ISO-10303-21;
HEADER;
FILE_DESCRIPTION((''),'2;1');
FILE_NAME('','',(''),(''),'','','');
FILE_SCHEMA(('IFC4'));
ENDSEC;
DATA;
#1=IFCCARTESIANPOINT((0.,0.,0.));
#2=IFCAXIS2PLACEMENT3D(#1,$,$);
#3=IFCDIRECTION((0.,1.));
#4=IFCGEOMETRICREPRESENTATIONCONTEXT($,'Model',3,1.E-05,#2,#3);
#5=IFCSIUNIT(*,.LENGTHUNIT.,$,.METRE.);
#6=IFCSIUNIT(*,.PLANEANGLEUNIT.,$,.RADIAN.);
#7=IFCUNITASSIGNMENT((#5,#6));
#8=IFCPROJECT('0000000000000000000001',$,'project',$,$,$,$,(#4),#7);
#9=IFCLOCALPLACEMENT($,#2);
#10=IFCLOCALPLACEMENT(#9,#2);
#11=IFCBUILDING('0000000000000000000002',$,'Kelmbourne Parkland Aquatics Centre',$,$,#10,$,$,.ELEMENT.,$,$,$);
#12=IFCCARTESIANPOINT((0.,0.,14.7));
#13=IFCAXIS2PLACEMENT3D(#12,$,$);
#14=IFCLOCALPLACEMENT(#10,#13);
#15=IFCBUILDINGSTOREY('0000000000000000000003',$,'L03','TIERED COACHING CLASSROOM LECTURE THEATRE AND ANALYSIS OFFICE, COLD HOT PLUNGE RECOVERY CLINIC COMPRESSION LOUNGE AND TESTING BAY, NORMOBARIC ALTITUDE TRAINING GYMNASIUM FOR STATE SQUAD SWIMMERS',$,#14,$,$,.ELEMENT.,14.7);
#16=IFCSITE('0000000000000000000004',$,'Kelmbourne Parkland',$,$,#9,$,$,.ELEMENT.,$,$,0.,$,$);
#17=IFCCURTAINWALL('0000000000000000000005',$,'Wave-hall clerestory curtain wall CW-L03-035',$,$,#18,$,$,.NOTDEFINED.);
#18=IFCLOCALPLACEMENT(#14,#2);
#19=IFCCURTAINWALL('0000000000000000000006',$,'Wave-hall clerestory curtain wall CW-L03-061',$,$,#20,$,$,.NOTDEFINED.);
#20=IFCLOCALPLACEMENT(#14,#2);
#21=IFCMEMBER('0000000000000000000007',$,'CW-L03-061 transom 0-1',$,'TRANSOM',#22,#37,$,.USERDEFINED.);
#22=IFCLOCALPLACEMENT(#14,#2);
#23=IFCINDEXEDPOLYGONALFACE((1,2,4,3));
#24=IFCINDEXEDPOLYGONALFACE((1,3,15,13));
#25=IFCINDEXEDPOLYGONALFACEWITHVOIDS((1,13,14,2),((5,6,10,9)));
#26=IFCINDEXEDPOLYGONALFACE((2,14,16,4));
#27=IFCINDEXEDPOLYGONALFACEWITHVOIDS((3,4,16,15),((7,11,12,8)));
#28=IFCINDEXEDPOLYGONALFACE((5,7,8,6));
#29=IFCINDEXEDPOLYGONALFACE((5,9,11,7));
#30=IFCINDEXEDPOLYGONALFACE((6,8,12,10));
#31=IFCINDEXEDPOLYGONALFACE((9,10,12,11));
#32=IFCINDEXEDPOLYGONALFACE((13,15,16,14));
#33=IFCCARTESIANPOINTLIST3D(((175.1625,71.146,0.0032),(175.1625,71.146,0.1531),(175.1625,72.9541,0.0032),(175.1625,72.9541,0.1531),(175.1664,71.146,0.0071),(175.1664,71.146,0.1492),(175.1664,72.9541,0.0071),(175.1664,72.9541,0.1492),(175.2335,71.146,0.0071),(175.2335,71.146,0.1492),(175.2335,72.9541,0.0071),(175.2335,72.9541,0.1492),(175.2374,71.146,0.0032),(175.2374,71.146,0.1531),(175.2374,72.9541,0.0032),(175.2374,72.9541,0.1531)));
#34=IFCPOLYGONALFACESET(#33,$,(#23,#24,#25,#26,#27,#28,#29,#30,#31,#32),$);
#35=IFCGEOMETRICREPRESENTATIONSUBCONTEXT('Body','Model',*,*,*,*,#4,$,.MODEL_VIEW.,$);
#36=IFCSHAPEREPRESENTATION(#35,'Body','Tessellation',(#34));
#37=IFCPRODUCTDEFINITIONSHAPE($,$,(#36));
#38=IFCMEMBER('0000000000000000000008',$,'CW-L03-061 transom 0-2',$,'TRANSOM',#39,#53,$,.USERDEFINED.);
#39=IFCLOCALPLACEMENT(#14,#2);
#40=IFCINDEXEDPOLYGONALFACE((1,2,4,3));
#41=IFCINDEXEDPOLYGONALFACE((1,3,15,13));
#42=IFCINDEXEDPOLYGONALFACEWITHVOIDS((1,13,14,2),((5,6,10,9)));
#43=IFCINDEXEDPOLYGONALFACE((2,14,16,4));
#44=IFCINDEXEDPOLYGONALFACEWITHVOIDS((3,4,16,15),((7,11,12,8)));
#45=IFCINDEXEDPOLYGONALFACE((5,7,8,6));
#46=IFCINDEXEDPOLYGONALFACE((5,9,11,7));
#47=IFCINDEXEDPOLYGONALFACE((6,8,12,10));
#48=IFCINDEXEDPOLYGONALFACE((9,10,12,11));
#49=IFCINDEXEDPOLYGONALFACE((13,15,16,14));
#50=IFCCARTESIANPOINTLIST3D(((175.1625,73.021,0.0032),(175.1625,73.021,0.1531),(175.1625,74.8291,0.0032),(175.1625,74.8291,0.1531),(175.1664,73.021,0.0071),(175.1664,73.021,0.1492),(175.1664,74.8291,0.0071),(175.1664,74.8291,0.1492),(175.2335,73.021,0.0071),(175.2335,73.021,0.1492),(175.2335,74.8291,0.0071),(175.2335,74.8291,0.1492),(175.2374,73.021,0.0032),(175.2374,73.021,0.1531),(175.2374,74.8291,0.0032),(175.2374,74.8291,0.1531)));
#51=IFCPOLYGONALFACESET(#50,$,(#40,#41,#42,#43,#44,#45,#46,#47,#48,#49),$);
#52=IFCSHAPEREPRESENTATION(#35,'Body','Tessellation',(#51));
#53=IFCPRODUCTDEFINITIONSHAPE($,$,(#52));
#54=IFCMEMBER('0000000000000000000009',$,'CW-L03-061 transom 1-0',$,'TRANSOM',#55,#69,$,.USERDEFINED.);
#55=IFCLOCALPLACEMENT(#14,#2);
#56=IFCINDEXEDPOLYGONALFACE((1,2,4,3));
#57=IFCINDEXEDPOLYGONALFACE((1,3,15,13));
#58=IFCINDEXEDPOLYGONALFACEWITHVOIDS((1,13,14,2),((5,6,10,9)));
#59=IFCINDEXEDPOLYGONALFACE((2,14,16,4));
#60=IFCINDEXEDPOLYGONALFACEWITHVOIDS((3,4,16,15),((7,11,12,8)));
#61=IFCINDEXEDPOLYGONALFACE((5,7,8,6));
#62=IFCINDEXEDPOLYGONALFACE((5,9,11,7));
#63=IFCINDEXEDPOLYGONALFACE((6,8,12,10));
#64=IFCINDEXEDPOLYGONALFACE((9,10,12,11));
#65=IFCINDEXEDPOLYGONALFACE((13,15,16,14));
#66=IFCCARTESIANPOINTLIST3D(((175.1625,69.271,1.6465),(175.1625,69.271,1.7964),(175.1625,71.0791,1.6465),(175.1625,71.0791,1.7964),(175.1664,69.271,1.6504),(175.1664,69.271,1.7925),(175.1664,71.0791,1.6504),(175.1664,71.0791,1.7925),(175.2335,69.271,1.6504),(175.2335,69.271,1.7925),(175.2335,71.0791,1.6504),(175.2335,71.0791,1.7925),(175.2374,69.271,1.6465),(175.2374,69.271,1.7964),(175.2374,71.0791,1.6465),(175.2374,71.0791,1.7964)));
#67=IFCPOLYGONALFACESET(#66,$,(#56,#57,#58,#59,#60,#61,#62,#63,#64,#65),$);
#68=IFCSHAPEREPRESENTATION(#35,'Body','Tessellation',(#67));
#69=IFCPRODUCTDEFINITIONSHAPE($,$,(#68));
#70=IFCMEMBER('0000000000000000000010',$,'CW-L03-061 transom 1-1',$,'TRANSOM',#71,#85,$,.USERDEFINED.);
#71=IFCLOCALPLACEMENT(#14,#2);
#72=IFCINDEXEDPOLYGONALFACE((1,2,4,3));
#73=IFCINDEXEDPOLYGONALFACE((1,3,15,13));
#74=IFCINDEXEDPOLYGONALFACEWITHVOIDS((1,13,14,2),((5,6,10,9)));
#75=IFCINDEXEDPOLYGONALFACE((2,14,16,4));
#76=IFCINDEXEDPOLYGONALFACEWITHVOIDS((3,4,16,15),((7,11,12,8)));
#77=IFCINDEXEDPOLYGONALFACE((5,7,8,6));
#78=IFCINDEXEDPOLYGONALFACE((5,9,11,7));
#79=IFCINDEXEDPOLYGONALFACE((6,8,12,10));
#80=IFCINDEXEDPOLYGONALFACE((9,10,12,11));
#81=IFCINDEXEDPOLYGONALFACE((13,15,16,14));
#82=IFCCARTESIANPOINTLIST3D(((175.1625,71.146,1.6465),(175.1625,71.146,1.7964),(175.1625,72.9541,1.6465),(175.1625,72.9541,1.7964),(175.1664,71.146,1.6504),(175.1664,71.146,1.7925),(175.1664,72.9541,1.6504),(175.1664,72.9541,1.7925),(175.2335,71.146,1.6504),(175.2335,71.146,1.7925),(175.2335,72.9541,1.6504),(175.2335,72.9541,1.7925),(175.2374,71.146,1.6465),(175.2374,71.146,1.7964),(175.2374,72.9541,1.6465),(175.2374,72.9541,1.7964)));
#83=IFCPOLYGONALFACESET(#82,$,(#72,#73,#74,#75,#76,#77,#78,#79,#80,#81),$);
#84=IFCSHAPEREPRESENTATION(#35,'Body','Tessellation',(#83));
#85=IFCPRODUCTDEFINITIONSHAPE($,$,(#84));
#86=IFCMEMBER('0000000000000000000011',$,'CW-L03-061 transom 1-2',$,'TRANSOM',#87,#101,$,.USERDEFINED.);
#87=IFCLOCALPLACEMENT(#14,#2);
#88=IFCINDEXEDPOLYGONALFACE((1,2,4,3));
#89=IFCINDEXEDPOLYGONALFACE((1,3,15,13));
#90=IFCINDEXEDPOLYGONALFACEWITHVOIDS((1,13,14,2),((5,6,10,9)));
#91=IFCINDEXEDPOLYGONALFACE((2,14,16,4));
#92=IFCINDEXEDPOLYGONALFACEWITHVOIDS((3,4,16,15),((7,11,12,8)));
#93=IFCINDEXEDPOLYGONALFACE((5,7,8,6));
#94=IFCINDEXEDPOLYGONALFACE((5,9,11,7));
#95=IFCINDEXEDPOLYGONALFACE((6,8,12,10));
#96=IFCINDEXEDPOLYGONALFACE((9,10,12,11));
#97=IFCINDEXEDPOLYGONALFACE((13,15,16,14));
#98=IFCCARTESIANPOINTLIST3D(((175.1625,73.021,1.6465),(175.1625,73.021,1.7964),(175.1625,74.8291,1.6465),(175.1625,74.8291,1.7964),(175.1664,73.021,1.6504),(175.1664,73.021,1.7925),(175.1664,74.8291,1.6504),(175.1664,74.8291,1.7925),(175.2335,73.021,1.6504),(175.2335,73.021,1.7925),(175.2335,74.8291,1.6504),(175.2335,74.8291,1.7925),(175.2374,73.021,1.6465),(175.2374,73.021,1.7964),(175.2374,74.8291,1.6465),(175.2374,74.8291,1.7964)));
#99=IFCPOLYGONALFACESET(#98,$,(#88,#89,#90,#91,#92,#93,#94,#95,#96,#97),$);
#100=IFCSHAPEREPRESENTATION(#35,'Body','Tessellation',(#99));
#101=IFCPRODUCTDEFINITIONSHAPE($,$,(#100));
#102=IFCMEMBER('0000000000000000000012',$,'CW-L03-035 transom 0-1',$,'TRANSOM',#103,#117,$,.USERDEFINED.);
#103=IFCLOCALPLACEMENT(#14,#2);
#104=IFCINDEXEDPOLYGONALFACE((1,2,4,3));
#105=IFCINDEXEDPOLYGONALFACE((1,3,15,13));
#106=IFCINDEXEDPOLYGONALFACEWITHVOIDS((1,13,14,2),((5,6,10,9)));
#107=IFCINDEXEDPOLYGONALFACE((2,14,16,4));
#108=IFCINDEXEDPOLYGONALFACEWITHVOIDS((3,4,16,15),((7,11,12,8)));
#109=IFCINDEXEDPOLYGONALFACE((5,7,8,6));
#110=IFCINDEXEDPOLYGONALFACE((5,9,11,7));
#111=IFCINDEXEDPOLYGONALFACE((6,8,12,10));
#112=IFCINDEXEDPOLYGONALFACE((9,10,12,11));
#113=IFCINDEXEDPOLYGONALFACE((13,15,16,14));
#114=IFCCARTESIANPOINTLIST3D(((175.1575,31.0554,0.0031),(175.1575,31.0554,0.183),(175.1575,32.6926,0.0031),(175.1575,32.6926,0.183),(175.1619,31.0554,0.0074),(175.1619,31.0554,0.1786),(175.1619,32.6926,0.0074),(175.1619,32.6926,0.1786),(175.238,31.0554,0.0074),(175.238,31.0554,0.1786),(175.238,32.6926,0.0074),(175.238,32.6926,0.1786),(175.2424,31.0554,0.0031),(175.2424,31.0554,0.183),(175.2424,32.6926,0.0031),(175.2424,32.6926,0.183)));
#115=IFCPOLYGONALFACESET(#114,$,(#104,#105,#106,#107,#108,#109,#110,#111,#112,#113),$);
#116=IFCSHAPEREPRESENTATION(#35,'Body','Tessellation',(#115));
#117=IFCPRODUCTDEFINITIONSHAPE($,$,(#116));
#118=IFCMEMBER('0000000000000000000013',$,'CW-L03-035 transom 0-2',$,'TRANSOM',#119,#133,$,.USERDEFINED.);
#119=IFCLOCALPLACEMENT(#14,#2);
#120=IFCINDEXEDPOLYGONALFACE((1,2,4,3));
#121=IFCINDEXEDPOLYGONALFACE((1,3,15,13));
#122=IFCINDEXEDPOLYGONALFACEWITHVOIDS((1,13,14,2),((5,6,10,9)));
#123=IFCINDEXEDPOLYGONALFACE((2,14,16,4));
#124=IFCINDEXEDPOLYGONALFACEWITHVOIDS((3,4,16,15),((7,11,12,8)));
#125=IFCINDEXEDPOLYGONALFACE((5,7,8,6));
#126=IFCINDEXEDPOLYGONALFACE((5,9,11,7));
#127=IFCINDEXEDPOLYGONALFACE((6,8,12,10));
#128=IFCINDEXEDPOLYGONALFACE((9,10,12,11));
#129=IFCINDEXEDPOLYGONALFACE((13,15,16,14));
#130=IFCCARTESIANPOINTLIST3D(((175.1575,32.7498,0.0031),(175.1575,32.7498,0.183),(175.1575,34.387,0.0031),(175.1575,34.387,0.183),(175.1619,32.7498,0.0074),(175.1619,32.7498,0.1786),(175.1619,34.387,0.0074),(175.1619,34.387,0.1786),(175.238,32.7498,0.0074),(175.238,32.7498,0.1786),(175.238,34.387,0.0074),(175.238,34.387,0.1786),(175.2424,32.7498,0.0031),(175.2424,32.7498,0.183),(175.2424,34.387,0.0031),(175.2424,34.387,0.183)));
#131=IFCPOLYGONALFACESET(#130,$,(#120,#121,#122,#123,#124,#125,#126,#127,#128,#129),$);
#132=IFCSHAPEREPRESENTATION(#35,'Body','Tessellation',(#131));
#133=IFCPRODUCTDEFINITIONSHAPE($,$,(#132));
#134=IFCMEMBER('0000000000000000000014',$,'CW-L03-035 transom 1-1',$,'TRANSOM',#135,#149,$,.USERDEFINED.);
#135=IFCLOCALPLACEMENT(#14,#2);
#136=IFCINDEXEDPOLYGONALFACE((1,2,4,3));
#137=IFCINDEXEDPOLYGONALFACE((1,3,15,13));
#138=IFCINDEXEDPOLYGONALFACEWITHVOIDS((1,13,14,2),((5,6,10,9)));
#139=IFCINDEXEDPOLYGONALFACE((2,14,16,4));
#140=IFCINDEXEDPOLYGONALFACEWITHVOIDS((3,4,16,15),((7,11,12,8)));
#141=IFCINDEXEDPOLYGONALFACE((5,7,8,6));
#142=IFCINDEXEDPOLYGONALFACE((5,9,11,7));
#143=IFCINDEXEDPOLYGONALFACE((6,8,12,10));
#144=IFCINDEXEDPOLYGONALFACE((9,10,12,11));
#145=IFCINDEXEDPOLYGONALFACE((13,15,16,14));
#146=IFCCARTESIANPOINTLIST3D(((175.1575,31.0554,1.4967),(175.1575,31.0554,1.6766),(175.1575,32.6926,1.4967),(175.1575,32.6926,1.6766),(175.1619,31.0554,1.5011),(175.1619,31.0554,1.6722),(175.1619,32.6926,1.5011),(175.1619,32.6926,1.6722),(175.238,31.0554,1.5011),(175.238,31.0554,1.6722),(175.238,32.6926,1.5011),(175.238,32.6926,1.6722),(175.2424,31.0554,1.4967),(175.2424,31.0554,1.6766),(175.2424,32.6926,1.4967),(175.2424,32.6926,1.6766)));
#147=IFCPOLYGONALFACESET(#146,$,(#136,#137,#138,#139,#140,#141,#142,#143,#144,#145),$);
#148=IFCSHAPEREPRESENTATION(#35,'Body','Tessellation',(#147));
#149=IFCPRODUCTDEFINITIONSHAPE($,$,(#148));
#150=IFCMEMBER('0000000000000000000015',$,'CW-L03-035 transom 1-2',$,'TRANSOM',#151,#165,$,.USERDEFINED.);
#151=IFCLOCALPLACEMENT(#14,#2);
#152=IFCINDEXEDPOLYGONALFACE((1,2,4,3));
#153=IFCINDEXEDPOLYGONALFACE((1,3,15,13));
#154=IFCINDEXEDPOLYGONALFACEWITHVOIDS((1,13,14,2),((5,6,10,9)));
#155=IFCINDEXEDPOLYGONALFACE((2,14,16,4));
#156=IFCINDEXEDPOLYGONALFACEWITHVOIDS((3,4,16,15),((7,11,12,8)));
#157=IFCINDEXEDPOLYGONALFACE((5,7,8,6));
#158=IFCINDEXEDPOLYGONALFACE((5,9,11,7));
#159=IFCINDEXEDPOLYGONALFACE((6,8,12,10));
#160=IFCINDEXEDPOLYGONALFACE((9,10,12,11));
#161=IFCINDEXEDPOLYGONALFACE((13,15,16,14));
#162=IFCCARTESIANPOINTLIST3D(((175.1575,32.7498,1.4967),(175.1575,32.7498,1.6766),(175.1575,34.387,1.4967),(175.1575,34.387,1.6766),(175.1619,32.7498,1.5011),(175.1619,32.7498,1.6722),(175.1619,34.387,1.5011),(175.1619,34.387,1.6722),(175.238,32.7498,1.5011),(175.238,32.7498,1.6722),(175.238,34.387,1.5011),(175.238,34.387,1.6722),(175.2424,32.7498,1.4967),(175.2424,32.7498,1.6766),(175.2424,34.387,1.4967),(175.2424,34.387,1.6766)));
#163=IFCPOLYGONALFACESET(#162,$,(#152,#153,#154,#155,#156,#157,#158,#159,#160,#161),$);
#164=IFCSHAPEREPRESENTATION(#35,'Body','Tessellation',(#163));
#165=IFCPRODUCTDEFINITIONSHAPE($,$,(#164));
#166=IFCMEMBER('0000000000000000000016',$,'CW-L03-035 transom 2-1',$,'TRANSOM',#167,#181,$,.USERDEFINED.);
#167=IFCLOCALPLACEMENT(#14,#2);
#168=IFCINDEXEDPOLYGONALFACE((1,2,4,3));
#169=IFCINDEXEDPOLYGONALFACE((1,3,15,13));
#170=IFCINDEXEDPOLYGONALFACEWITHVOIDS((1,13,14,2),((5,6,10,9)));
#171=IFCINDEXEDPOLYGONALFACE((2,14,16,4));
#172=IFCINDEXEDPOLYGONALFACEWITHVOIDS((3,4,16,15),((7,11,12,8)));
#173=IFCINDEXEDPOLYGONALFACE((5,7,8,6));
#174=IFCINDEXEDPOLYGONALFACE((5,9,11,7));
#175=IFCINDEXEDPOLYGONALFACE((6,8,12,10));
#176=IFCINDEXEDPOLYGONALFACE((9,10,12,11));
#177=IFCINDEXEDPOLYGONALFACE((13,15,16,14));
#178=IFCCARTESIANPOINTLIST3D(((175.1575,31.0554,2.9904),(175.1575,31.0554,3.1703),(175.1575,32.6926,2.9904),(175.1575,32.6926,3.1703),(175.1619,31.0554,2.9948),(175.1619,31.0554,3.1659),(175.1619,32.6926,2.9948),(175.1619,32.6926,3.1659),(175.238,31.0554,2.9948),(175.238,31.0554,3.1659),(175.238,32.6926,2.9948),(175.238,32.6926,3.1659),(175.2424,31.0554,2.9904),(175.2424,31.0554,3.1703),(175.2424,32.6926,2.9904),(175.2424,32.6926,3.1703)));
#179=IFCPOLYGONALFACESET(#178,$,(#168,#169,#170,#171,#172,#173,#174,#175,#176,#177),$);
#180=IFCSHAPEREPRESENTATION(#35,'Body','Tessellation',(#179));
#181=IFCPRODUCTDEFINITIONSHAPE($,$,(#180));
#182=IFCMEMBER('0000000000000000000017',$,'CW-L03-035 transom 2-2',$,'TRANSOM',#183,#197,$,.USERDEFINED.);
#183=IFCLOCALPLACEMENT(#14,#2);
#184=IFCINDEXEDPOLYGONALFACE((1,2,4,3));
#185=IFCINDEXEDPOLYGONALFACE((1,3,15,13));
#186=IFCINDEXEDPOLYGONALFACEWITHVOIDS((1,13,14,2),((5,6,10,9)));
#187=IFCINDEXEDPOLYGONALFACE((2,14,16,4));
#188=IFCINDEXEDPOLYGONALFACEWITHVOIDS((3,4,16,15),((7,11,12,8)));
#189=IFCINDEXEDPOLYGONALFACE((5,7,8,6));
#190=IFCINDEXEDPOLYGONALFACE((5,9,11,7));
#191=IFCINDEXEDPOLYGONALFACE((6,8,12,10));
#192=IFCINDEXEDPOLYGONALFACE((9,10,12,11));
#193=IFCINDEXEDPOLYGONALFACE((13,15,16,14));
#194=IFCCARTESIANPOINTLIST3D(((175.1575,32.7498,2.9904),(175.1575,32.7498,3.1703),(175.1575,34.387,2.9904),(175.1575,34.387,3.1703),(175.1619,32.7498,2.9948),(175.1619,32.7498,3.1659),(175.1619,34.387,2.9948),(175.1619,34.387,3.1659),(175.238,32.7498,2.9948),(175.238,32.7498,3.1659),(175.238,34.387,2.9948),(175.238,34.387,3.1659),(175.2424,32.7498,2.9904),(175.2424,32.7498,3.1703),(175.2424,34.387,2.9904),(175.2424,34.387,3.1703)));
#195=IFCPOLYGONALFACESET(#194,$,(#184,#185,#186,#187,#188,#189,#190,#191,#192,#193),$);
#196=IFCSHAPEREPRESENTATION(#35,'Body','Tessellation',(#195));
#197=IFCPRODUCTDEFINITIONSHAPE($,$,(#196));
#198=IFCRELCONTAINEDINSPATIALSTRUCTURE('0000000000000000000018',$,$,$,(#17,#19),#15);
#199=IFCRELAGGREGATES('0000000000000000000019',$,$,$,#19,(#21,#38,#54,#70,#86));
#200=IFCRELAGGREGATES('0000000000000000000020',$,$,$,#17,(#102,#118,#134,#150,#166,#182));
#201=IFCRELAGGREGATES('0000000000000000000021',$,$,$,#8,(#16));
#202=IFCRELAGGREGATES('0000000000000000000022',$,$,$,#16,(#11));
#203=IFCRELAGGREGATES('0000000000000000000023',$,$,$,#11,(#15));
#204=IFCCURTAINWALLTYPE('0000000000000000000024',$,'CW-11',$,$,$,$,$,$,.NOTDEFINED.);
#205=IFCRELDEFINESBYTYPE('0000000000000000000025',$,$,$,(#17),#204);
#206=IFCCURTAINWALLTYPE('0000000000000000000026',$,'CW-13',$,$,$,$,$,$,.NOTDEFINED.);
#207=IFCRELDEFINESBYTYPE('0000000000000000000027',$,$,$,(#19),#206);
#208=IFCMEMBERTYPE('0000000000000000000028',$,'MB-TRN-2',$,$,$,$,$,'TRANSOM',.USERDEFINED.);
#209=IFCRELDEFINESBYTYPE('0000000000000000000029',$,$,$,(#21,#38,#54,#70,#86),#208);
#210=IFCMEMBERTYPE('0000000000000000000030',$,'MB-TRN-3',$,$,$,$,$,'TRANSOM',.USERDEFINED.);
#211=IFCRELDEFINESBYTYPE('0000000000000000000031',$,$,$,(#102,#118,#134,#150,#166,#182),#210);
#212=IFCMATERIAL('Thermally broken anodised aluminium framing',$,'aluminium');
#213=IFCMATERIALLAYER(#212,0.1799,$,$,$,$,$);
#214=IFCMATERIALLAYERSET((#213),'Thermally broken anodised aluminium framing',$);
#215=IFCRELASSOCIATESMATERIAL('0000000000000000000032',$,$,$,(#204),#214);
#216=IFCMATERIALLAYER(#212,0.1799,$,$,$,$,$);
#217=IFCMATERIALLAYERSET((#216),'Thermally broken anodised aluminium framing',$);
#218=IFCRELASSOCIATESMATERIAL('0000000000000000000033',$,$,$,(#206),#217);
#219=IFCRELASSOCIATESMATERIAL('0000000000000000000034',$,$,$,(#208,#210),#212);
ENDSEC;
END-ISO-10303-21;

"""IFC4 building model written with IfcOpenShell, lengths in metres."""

from ifc_helpers import new_model, si_unit, direction, frame, origin, origin_2d, place, context, subcontext, project, spatial, hollow_rectangle, extrude, material, layer, layer_set, material_profile, profile_set, type_object, element, aggregate, save


model = new_model("IFC4")

# Units and contexts
model_context = context("Model", 3, precision=1e-05, world=origin(), true_north=direction((0.0, 1.0)))
body_context = subcontext(model_context, "Body", "Model", "MODEL_VIEW")
ifc_project = project(units=[si_unit("LENGTHUNIT", "METRE"), si_unit("PLANEANGLEUNIT", "RADIAN")], contexts=[model_context])

# Site, building, storey
site_placement = place(None, origin())
site = spatial("IfcSite", under=ifc_project, at=site_placement, Name="Kelmbourne Parkland", CompositionType="ELEMENT", RefElevation=0.0)
building_placement = place(site_placement, origin())
building = spatial("IfcBuilding", under=site, at=building_placement, Name="Kelmbourne Parkland Aquatics Centre", CompositionType="ELEMENT")
storey_placement = place(building_placement, frame((0.0, 0.0, 14.7)))
storey = spatial("IfcBuildingStorey", under=building, at=storey_placement, Name="L03", Description="TIERED COACHING CLASSROOM LECTURE THEATRE AND ANALYSIS OFFICE, COLD HOT PLUNGE RECOVERY CLINIC COMPRESSION LOUNGE AND TESTING BAY, NORMOBARIC ALTITUDE TRAINING GYMNASIUM FOR STATE SQUAD SWIMMERS", CompositionType="ELEMENT", Elevation=14.7)

# Curtain walls, members
ifc_material_1 = material(Name="Thermally broken anodised aluminium framing", Category="aluminium")
ifc_layer_1 = layer(ifc_material_1, 0.1799)
ifc_layer_set_1 = layer_set([ifc_layer_1], Name="Thermally broken anodised aluminium framing")
curtain_wall_type_1 = type_object("IfcCurtainWallType", Name="CW-11", PredefinedType="NOTDEFINED", material=ifc_layer_set_1)
curtain_wall_1_placement = place(storey_placement, origin())
curtain_wall_1 = element("IfcCurtainWall", 1, at=curtain_wall_1_placement, inside=storey, type_object=curtain_wall_type_1, Name="Wave-hall clerestory curtain wall CW-L03-035", PredefinedType="NOTDEFINED")
ifc_layer_2 = layer(ifc_material_1, 0.1799)
ifc_layer_set_2 = layer_set([ifc_layer_2], Name="Thermally broken anodised aluminium framing")
curtain_wall_type_2 = type_object("IfcCurtainWallType", Name="CW-13", PredefinedType="NOTDEFINED", material=ifc_layer_set_2)
curtain_wall_2_placement = place(storey_placement, origin())
curtain_wall_2 = element("IfcCurtainWall", 2, at=curtain_wall_2_placement, inside=storey, type_object=curtain_wall_type_2, Name="Wave-hall clerestory curtain wall CW-L03-061", PredefinedType="NOTDEFINED")
ifc_material_profile_1 = material_profile(ifc_material_1, hollow_rectangle(XDim=0.075, YDim=0.1499, WallThickness=0.0039, at=origin_2d()), Name="CW-T 75x150")
ifc_profile_set_1 = profile_set([ifc_material_profile_1], Name="Thermally broken anodised aluminium framing")
member_type_1 = type_object("IfcMemberType", Name="MB-TRN-2", ElementType="TRANSOM", PredefinedType="USERDEFINED", material=ifc_profile_set_1)
member_1_placement = place(storey_placement, frame((175.2, 71.146, 0.0781), z_axis=(0.0, 1.0, 0.0), x_axis=(-1.0, 0.0, 0.0)))
member_1 = element("IfcMember", 3, at=member_1_placement, type_object=member_type_1, Name="CW-L03-061 transom 0-1", ObjectType="TRANSOM", PredefinedType="USERDEFINED", context=body_context, shape_type="SweptSolid", body=[
    extrude(hollow_rectangle(XDim=0.075, YDim=0.1499, WallThickness=0.0039, at=origin_2d()), origin(), (0.0, 0.0, 1.0), 1.8081),
])
member_2_placement = place(storey_placement, frame((175.2, 73.021, 0.0781), z_axis=(0.0, 1.0, 0.0), x_axis=(-1.0, 0.0, 0.0)))
member_2 = element("IfcMember", 4, at=member_2_placement, type_object=member_type_1, Name="CW-L03-061 transom 0-2", ObjectType="TRANSOM", PredefinedType="USERDEFINED", context=body_context, shape_type="SweptSolid", body=[
    extrude(hollow_rectangle(XDim=0.075, YDim=0.1499, WallThickness=0.0039, at=origin_2d()), origin(), (0.0, 0.0, 1.0), 1.8081),
])
member_3_placement = place(storey_placement, frame((175.2, 69.271, 1.7214), z_axis=(0.0, 1.0, 0.0), x_axis=(-1.0, 0.0, 0.0)))
member_3 = element("IfcMember", 5, at=member_3_placement, type_object=member_type_1, Name="CW-L03-061 transom 1-0", ObjectType="TRANSOM", PredefinedType="USERDEFINED", context=body_context, shape_type="SweptSolid", body=[
    extrude(hollow_rectangle(XDim=0.075, YDim=0.1499, WallThickness=0.0039, at=origin_2d()), origin(), (0.0, 0.0, 1.0), 1.8081),
])
member_4_placement = place(storey_placement, frame((175.2, 71.146, 1.7214), z_axis=(0.0, 1.0, 0.0), x_axis=(-1.0, 0.0, 0.0)))
member_4 = element("IfcMember", 6, at=member_4_placement, type_object=member_type_1, Name="CW-L03-061 transom 1-1", ObjectType="TRANSOM", PredefinedType="USERDEFINED", context=body_context, shape_type="SweptSolid", body=[
    extrude(hollow_rectangle(XDim=0.075, YDim=0.1499, WallThickness=0.0039, at=origin_2d()), origin(), (0.0, 0.0, 1.0), 1.8081),
])
member_5_placement = place(storey_placement, frame((175.2, 73.021, 1.7214), z_axis=(0.0, 1.0, 0.0), x_axis=(-1.0, 0.0, 0.0)))
member_5 = element("IfcMember", 7, at=member_5_placement, type_object=member_type_1, Name="CW-L03-061 transom 1-2", ObjectType="TRANSOM", PredefinedType="USERDEFINED", context=body_context, shape_type="SweptSolid", body=[
    extrude(hollow_rectangle(XDim=0.075, YDim=0.1499, WallThickness=0.0039, at=origin_2d()), origin(), (0.0, 0.0, 1.0), 1.8081),
])

# Members
ifc_material_profile_2 = material_profile(ifc_material_1, hollow_rectangle(XDim=0.085, YDim=0.1799, WallThickness=0.0044, at=origin_2d()), Name="CW-T 85x180")
ifc_profile_set_2 = profile_set([ifc_material_profile_2], Name="Thermally broken anodised aluminium framing")
member_type_2 = type_object("IfcMemberType", Name="MB-TRN-3", ElementType="TRANSOM", PredefinedType="USERDEFINED", material=ifc_profile_set_2)
member_6_placement = place(storey_placement, frame((175.2, 31.0554, 0.093), z_axis=(0.0, 1.0, 0.0), x_axis=(-1.0, 0.0, 0.0)))
member_6 = element("IfcMember", 8, at=member_6_placement, type_object=member_type_2, Name="CW-L03-035 transom 0-1", ObjectType="TRANSOM", PredefinedType="USERDEFINED", context=body_context, shape_type="SweptSolid", body=[
    extrude(hollow_rectangle(XDim=0.085, YDim=0.1799, WallThickness=0.0044, at=origin_2d()), origin(), (0.0, 0.0, 1.0), 1.6372),
])
member_7_placement = place(storey_placement, frame((175.2, 32.7498, 0.093), z_axis=(0.0, 1.0, 0.0), x_axis=(-1.0, 0.0, 0.0)))
member_7 = element("IfcMember", 9, at=member_7_placement, type_object=member_type_2, Name="CW-L03-035 transom 0-2", ObjectType="TRANSOM", PredefinedType="USERDEFINED", context=body_context, shape_type="SweptSolid", body=[
    extrude(hollow_rectangle(XDim=0.085, YDim=0.1799, WallThickness=0.0044, at=origin_2d()), origin(), (0.0, 0.0, 1.0), 1.6372),
])
member_8_placement = place(storey_placement, frame((175.2, 31.0554, 1.5867), z_axis=(0.0, 1.0, 0.0), x_axis=(-1.0, 0.0, 0.0)))
member_8 = element("IfcMember", 10, at=member_8_placement, type_object=member_type_2, Name="CW-L03-035 transom 1-1", ObjectType="TRANSOM", PredefinedType="USERDEFINED", context=body_context, shape_type="SweptSolid", body=[
    extrude(hollow_rectangle(XDim=0.085, YDim=0.1799, WallThickness=0.0044, at=origin_2d()), origin(), (0.0, 0.0, 1.0), 1.6372),
])
member_9_placement = place(storey_placement, frame((175.2, 32.7498, 1.5867), z_axis=(0.0, 1.0, 0.0), x_axis=(-1.0, 0.0, 0.0)))
member_9 = element("IfcMember", 11, at=member_9_placement, type_object=member_type_2, Name="CW-L03-035 transom 1-2", ObjectType="TRANSOM", PredefinedType="USERDEFINED", context=body_context, shape_type="SweptSolid", body=[
    extrude(hollow_rectangle(XDim=0.085, YDim=0.1799, WallThickness=0.0044, at=origin_2d()), origin(), (0.0, 0.0, 1.0), 1.6372),
])
member_10_placement = place(storey_placement, frame((175.2, 31.0554, 3.0803), z_axis=(0.0, 1.0, 0.0), x_axis=(-1.0, 0.0, 0.0)))
member_10 = element("IfcMember", 12, at=member_10_placement, type_object=member_type_2, Name="CW-L03-035 transom 2-1", ObjectType="TRANSOM", PredefinedType="USERDEFINED", context=body_context, shape_type="SweptSolid", body=[
    extrude(hollow_rectangle(XDim=0.085, YDim=0.1799, WallThickness=0.0044, at=origin_2d()), origin(), (0.0, 0.0, 1.0), 1.6372),
])
member_11_placement = place(storey_placement, frame((175.2, 32.7498, 3.0803), z_axis=(0.0, 1.0, 0.0), x_axis=(-1.0, 0.0, 0.0)))
member_11 = element("IfcMember", 13, at=member_11_placement, type_object=member_type_2, Name="CW-L03-035 transom 2-2", ObjectType="TRANSOM", PredefinedType="USERDEFINED", context=body_context, shape_type="SweptSolid", body=[
    extrude(hollow_rectangle(XDim=0.085, YDim=0.1799, WallThickness=0.0044, at=origin_2d()), origin(), (0.0, 0.0, 1.0), 1.6372),
])

aggregate(curtain_wall_2, [member_1, member_2, member_3, member_4, member_5])
aggregate(curtain_wall_1, [member_6, member_7, member_8, member_9, member_10, member_11])

save(model, "model.ifc")
